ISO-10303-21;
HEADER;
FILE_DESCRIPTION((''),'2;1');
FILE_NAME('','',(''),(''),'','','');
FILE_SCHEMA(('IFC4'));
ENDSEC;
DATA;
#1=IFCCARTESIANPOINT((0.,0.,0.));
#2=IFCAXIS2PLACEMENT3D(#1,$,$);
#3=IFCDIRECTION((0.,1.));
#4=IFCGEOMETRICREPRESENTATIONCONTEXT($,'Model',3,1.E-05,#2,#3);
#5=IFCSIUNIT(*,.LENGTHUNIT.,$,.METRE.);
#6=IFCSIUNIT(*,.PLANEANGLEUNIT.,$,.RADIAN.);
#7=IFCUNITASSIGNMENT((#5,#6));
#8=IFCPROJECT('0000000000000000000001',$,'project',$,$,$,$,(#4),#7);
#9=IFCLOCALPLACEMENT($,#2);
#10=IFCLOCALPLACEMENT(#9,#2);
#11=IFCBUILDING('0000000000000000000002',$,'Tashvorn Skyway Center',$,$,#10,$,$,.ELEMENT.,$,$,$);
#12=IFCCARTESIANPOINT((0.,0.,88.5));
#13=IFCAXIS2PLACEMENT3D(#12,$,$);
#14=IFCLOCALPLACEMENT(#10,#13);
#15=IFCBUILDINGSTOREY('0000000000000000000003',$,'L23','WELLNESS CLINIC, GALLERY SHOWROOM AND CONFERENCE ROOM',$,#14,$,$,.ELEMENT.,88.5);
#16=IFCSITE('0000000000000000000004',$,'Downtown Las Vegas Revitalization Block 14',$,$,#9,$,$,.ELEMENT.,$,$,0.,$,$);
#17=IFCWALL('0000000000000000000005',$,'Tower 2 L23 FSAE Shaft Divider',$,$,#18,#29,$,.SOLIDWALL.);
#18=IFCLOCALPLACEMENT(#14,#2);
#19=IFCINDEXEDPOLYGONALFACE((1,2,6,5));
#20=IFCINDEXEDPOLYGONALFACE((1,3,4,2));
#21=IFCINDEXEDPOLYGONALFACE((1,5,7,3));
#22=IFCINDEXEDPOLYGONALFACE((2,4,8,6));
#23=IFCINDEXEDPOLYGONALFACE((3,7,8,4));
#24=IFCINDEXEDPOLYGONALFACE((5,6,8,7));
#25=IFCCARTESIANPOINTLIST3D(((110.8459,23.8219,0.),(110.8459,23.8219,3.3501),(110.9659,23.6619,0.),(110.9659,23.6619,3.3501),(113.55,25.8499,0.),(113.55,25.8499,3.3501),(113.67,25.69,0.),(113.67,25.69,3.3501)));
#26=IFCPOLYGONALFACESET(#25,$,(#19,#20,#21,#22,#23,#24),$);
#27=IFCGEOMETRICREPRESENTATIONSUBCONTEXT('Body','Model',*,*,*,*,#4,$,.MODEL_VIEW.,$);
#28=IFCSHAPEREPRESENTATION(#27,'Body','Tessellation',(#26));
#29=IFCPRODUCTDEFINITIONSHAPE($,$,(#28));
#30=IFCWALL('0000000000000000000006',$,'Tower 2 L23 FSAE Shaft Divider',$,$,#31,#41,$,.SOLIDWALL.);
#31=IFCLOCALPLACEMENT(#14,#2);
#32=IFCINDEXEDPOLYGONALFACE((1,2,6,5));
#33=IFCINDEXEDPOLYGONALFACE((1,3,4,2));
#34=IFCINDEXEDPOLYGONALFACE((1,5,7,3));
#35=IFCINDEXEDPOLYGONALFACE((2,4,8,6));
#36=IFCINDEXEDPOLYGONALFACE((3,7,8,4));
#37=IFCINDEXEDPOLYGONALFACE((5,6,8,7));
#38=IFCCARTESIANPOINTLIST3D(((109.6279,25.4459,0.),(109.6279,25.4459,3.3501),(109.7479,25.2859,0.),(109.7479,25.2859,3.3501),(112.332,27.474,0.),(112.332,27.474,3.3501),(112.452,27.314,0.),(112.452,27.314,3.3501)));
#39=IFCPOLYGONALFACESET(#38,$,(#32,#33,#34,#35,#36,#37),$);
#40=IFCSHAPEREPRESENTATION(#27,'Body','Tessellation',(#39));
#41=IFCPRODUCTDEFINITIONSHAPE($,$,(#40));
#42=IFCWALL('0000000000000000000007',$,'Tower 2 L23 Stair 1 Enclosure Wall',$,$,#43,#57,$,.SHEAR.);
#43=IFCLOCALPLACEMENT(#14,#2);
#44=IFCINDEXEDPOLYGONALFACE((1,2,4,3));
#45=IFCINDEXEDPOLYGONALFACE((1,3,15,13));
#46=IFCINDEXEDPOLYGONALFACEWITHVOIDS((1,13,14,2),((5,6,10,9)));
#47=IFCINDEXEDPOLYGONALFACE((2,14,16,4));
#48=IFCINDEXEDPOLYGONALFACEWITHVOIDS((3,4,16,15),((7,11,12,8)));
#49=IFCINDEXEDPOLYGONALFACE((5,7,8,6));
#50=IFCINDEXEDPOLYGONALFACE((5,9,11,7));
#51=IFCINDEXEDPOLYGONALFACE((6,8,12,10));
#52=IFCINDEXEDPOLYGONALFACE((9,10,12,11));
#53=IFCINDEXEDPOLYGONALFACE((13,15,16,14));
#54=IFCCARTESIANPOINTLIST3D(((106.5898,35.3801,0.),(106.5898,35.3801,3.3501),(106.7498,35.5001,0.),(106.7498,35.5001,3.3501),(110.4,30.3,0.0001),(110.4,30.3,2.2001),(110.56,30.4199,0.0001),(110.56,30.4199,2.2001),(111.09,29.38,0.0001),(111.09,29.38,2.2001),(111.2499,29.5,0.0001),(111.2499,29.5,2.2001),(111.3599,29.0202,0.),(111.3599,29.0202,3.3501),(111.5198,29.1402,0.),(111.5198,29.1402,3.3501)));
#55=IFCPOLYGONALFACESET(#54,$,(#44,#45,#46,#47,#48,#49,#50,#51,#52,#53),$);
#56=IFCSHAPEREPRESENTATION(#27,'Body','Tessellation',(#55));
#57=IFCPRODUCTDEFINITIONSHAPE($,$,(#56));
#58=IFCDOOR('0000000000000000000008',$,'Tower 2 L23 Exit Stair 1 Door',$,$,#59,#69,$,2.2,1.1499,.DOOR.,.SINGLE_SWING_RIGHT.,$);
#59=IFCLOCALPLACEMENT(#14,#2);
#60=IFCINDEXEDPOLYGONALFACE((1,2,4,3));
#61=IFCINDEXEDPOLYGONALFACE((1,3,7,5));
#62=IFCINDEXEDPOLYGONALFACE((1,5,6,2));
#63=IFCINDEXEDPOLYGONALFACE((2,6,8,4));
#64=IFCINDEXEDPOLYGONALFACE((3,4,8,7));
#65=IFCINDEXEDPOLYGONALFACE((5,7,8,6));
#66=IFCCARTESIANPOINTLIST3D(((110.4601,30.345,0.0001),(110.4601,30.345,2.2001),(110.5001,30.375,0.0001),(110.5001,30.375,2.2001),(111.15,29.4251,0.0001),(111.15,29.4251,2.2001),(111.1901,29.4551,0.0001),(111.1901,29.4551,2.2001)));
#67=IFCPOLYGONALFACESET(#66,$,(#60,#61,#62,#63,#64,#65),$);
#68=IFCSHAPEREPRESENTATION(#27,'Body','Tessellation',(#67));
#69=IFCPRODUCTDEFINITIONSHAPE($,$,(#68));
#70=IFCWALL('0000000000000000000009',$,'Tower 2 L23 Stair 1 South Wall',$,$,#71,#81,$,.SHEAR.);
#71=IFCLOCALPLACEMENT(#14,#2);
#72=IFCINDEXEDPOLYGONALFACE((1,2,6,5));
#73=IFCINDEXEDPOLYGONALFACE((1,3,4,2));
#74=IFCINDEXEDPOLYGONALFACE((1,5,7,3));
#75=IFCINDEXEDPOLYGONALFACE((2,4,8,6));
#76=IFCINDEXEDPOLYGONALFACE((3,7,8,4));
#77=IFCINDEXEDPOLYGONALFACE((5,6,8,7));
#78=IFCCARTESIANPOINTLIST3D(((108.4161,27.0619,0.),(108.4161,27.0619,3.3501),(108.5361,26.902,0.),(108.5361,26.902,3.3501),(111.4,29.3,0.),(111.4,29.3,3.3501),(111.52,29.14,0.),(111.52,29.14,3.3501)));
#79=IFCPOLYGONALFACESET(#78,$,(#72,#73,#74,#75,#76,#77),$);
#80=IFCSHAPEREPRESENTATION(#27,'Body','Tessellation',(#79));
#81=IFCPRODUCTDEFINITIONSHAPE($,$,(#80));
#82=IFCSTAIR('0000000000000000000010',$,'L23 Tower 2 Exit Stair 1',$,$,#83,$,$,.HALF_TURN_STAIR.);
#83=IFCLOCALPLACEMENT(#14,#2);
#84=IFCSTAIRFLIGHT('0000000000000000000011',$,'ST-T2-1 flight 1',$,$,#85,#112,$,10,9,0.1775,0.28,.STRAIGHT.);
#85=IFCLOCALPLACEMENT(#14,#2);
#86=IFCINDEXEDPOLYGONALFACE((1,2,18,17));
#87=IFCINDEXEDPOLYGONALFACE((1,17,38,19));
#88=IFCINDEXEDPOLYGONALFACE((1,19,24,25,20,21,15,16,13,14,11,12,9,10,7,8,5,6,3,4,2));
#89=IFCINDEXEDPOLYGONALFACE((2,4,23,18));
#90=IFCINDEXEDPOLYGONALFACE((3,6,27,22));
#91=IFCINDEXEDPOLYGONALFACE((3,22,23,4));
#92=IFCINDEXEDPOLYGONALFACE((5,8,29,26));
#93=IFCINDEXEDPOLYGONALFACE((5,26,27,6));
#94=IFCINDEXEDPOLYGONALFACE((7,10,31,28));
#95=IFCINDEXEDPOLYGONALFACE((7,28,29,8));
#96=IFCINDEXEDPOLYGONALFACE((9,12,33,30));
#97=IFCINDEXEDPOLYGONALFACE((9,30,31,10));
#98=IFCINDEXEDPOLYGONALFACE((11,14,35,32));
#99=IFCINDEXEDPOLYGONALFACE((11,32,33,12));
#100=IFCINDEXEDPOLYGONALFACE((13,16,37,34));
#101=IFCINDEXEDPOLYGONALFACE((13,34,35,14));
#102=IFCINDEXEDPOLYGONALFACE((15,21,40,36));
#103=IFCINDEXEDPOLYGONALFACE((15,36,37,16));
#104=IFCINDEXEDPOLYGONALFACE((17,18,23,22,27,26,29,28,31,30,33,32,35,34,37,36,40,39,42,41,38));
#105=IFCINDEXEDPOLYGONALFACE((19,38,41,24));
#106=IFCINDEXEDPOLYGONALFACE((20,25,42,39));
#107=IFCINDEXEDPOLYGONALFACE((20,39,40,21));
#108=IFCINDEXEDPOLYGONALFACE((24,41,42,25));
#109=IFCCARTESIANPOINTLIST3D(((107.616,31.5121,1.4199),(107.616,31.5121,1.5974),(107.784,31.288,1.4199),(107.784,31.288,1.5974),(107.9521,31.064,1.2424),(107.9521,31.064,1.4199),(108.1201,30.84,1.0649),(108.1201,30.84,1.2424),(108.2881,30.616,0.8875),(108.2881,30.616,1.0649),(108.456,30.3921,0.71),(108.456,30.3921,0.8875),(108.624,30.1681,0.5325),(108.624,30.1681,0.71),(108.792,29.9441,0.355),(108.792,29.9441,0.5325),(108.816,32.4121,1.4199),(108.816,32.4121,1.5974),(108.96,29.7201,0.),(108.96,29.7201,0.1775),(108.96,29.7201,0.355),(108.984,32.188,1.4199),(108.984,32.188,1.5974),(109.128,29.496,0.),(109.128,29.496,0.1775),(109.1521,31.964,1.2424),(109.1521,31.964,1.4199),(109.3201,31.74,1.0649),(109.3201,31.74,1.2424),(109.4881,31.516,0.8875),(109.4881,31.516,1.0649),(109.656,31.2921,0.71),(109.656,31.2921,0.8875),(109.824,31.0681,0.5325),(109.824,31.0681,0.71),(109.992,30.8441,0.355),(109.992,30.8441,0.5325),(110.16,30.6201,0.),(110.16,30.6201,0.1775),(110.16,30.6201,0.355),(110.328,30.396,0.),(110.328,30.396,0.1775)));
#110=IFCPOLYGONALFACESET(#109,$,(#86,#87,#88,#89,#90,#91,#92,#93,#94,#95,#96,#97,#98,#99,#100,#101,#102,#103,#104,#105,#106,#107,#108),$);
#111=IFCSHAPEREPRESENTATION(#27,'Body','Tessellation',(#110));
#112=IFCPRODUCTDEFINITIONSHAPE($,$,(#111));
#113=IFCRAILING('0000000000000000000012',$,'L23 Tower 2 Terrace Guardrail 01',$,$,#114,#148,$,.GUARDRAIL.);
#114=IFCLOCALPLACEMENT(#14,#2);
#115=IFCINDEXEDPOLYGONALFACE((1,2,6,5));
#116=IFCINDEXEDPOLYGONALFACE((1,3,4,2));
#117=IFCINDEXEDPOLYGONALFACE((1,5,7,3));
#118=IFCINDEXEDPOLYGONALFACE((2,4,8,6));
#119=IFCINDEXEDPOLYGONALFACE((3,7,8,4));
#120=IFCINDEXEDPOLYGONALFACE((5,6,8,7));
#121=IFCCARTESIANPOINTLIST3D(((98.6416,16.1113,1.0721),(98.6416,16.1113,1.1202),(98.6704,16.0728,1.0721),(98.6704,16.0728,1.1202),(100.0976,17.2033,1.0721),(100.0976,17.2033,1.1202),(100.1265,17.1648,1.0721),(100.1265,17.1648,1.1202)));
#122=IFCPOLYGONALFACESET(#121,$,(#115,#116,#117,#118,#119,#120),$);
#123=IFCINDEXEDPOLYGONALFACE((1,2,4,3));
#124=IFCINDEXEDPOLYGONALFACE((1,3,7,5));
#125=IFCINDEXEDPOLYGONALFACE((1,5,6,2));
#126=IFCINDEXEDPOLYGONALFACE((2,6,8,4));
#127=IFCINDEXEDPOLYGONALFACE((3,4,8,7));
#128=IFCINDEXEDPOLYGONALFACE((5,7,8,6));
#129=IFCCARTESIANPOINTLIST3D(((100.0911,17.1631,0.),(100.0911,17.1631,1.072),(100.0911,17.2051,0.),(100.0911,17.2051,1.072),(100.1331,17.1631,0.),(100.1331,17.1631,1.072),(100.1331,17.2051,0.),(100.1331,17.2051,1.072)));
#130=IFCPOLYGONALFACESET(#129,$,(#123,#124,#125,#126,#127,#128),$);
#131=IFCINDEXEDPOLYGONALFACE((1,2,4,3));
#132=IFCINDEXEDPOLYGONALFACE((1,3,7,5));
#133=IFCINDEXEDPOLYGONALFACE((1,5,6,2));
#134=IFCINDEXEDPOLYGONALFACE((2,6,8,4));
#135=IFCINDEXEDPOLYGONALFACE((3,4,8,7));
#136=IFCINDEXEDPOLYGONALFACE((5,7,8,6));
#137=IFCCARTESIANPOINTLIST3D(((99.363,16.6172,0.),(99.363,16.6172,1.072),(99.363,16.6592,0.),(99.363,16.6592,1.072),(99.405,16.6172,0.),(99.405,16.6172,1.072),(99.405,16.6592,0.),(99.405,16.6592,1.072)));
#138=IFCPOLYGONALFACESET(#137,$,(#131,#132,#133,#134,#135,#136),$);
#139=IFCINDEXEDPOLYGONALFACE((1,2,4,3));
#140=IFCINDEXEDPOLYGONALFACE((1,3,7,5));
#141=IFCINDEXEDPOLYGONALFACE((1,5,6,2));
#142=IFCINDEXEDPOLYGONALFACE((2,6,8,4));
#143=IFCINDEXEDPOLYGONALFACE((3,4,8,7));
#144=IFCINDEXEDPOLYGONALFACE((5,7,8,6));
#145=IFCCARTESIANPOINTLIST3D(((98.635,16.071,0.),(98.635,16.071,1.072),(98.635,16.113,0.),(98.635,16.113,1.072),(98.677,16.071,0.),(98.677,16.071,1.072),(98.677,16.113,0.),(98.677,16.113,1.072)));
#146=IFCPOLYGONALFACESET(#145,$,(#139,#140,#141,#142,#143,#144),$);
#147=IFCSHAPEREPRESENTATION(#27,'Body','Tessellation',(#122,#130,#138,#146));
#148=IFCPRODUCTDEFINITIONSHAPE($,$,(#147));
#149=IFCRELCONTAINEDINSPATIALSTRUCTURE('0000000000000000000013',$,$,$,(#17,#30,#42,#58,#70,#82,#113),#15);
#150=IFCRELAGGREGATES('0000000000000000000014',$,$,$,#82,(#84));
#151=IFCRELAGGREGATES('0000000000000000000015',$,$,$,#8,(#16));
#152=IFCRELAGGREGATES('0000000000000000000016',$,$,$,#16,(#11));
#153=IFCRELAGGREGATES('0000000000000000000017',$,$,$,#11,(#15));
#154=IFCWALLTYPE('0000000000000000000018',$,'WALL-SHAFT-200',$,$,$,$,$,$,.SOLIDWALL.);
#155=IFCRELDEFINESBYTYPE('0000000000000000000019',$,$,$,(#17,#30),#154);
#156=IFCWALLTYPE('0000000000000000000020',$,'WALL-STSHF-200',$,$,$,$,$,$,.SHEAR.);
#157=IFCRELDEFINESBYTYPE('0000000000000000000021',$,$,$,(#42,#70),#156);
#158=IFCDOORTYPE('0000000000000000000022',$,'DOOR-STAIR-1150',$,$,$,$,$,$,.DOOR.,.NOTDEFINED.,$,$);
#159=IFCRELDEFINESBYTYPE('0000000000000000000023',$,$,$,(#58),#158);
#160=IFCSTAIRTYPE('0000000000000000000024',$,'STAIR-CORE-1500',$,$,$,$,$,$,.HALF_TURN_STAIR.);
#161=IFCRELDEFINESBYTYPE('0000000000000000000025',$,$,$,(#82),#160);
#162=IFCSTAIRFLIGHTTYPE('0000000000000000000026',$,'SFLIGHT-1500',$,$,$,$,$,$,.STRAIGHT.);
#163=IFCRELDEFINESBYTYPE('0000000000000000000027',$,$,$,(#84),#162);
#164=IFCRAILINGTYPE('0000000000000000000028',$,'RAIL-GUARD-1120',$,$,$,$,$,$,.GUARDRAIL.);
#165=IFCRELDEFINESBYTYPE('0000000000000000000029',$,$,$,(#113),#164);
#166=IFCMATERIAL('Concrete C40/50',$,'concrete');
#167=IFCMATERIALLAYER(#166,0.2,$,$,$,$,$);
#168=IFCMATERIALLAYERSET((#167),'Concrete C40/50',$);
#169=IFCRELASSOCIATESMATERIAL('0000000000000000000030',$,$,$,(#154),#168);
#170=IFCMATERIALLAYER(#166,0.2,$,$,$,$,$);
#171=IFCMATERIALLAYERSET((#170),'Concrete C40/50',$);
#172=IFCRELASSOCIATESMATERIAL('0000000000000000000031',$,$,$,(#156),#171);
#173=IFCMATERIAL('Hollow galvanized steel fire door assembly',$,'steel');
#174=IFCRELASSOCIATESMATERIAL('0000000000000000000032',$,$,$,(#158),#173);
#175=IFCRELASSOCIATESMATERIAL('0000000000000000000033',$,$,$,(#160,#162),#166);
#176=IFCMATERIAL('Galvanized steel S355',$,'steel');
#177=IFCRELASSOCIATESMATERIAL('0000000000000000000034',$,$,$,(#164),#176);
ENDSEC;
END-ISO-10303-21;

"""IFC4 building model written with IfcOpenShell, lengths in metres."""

from ifc_helpers import new_model, si_unit, direction, frame, frame_2d, origin, origin_2d, place, context, subcontext, project, spatial, polyline, rectangle, outline, extrude, material, layer, layer_set, type_object, element, fill, aggregate, save


model = new_model("IFC4")

# Units and contexts
model_context = context("Model", 3, precision=1e-05, world=origin(), true_north=direction((0.0, 1.0)))
body_context = subcontext(model_context, "Body", "Model", "MODEL_VIEW")
ifc_project = project(units=[si_unit("LENGTHUNIT", "METRE"), si_unit("PLANEANGLEUNIT", "RADIAN")], contexts=[model_context])

# Site, building, storey
site_placement = place(None, origin())
site = spatial("IfcSite", under=ifc_project, at=site_placement, Name="Downtown Las Vegas Revitalization Block 14", CompositionType="ELEMENT", RefElevation=0.0)
building_placement = place(site_placement, origin())
building = spatial("IfcBuilding", under=site, at=building_placement, Name="Tashvorn Skyway Center", CompositionType="ELEMENT")
storey_placement = place(building_placement, frame((0.0, 0.0, 88.5)))
storey = spatial("IfcBuildingStorey", under=building, at=storey_placement, Name="L23", Description="WELLNESS CLINIC, GALLERY SHOWROOM AND CONFERENCE ROOM", CompositionType="ELEMENT", Elevation=88.5)

# Walls
ifc_material_1 = material(Name="Concrete C40/50", Category="concrete")
ifc_layer_1 = layer(ifc_material_1, 0.2)
ifc_layer_set_1 = layer_set([ifc_layer_1], Name="Concrete C40/50")
wall_type_1 = type_object("IfcWallType", Name="WALL-SHAFT-200", PredefinedType="SOLIDWALL", material=ifc_layer_set_1)
for number, where, z_axis, x_axis, name in (
    (1, (110.906, 23.7419, 0.0), (0.0, 0.0, 1.0), (0.8, 0.6, 0.0), "Tower 2 L23 FSAE Shaft Divider"),
    (2, (109.688, 25.366, 0.0), (0.0, 0.0, 1.0), (0.8, 0.6, 0.0), "Tower 2 L23 FSAE Shaft Divider"),
):
    element("IfcWall", number, at=place(storey_placement, frame(where, z_axis=z_axis, x_axis=x_axis)), inside=storey, type_object=wall_type_1, Name=name, PredefinedType="SOLIDWALL", context=body_context, shape_type="SweptSolid", body=[
        extrude(rectangle(XDim=3.3801, YDim=0.2, at=frame_2d((1.6899, 0.0))), origin(), (0.0, 0.0, 1.0), 3.3501),
    ])

# Wall, opening, door
ifc_layer_2 = layer(ifc_material_1, 0.2)
ifc_layer_set_2 = layer_set([ifc_layer_2], Name="Concrete C40/50")
wall_type_2 = type_object("IfcWallType", Name="WALL-STSHF-200", PredefinedType="SHEAR", material=ifc_layer_set_2)
wall_1_placement = place(storey_placement, frame((111.4399, 29.0801, 0.0), z_axis=(0.0, 0.0, 1.0), x_axis=(-0.60001, 0.799993, 0.0)))
wall_1 = element("IfcWall", 3, at=wall_1_placement, inside=storey, type_object=wall_type_2, Name="Tower 2 L23 Stair 1 Enclosure Wall", PredefinedType="SHEAR", context=body_context, shape_type="SweptSolid", body=[
    extrude(rectangle(XDim=7.95, YDim=0.2, at=frame_2d((3.9751, 0.0))), origin(), (0.0, 0.0, 1.0), 3.3501),
])
opening_1_placement = place(wall_1_placement, frame((0.45, 0.0, 0.0)))
opening_1 = element("IfcOpeningElement", 4, at=opening_1_placement, cuts=wall_1, PredefinedType="OPENING", context=body_context, shape_type="SweptSolid", body=[
    extrude(rectangle(XDim=1.1499, YDim=2.2, at=frame_2d((0.575, 1.1001))), frame((0.0, 0.1099, 0.0), z_axis=(0.0, -1.0, 0.0), x_axis=(1.0, 0.0, 0.0)), (0.0, 0.0, 1.0), 0.22),
])
ifc_material_2 = material(Name="Hollow galvanized steel fire door assembly", Category="steel")
door_type_1 = type_object("IfcDoorType", Name="DOOR-STAIR-1150", OperationType="NOTDEFINED", PredefinedType="DOOR", material=ifc_material_2)
door_1_placement = place(opening_1_placement, origin())
door_1 = element("IfcDoor", 5, at=door_1_placement, inside=storey, type_object=door_type_1, Name="Tower 2 L23 Exit Stair 1 Door", OperationType="SINGLE_SWING_RIGHT", OverallHeight=2.2, OverallWidth=1.1499, PredefinedType="DOOR", context=body_context, shape_type="SweptSolid", body=[
    extrude(rectangle(XDim=1.1499, YDim=2.2, at=frame_2d((0.575, 1.1001))), frame((0.0, 0.0249, 0.0), z_axis=(0.0, -1.0, 0.0), x_axis=(1.0, 0.0, 0.0)), (0.0, 0.0, 1.0), 0.05),
])
fill(opening_1, door_1)

# Wall
wall_2_placement = place(storey_placement, frame((108.4761, 26.9819, 0.0), z_axis=(0.0, 0.0, 1.0), x_axis=(0.799984, 0.600021, 0.0)))
element("IfcWall", 6, at=wall_2_placement, inside=storey, type_object=wall_type_2, Name="Tower 2 L23 Stair 1 South Wall", PredefinedType="SHEAR", context=body_context, shape_type="SweptSolid", body=[
    extrude(rectangle(XDim=3.73, YDim=0.2, at=frame_2d((1.865, 0.0))), origin(), (0.0, 0.0, 1.0), 3.3501),
])

# Stair, stair flight
stair_type = type_object("IfcStairType", Name="STAIR-CORE-1500", PredefinedType="HALF_TURN_STAIR", material=ifc_material_1)
stair_placement = place(storey_placement, origin())
stair = element("IfcStair", 7, at=stair_placement, inside=storey, type_object=stair_type, Name="L23 Tower 2 Exit Stair 1", PredefinedType="HALF_TURN_STAIR")
stair_flight_type = type_object("IfcStairFlightType", Name="SFLIGHT-1500", PredefinedType="STRAIGHT", material=ifc_material_1)
stair_flight_placement = place(storey_placement, frame((109.728, 29.946, 0.0), z_axis=(0.0, 0.0, 1.0), x_axis=(-0.6, 0.8, 0.0)))
stair_flight = element("IfcStairFlight", 8, at=stair_flight_placement, type_object=stair_flight_type, Name="ST-T2-1 flight 1", NumberOfRisers=10, NumberOfTreads=9, PredefinedType="STRAIGHT", RiserHeight=0.1775, TreadLength=0.28, context=body_context, shape_type="SweptSolid", body=[
    extrude(outline(polyline([(0.0, 0.0), (0.0, 0.1775), (0.28, 0.1775), (0.28, 0.355), (0.5601, 0.355), (0.5601, 0.5325), (0.8401, 0.5325), (0.8401, 0.71), (1.1201, 0.71), (1.1201, 0.8875), (1.3999, 0.8875), (1.3999, 1.0649), (1.6799, 1.0649), (1.6799, 1.2424), (1.96, 1.2424), (1.96, 1.4199), (2.24, 1.4199), (2.24, 1.5974), (2.52, 1.5974), (2.52, 1.7749), (2.52, 1.4199), (0.28, 0.0), (0.0, 0.0)])), frame((0.0, 0.75, 0.0), z_axis=(0.0, -1.0, 0.0), x_axis=(1.0, 0.0, 0.0)), (0.0, 0.0, 1.0), 1.5),
])
aggregate(stair, [stair_flight])

# Railing
ifc_material_3 = material(Name="Galvanized steel S355", Category="steel")
railing_type_1 = type_object("IfcRailingType", Name="RAIL-GUARD-1120", PredefinedType="GUARDRAIL", material=ifc_material_3)
railing_1_placement = place(storey_placement, frame((100.1121, 17.1841, 0.0)))
element("IfcRailing", 9, at=railing_1_placement, inside=storey, type_object=railing_type_1, Name="L23 Tower 2 Terrace Guardrail 01", PredefinedType="GUARDRAIL", context=body_context, shape_type="SweptSolid", body=[
    extrude(rectangle(XDim=0.0481, YDim=0.0481, at=origin_2d()), frame((0.0, 0.0, 1.0962), z_axis=(-0.8, -0.6, 0.0), x_axis=(0.6, -0.8, 0.0)), (0.0, 0.0, 1.0), 1.8201),
    extrude(rectangle(XDim=0.042, YDim=0.042, at=origin_2d()), origin(), (0.0, 0.0, 1.0), 1.072),
    extrude(rectangle(XDim=0.042, YDim=0.042, at=origin_2d()), frame((-0.728, -0.5459, 0.0)), (0.0, 0.0, 1.0), 1.072),
    extrude(rectangle(XDim=0.042, YDim=0.042, at=origin_2d()), frame((-1.4561, -1.092, 0.0)), (0.0, 0.0, 1.0), 1.072),
])

save(model, "model.ifc")
